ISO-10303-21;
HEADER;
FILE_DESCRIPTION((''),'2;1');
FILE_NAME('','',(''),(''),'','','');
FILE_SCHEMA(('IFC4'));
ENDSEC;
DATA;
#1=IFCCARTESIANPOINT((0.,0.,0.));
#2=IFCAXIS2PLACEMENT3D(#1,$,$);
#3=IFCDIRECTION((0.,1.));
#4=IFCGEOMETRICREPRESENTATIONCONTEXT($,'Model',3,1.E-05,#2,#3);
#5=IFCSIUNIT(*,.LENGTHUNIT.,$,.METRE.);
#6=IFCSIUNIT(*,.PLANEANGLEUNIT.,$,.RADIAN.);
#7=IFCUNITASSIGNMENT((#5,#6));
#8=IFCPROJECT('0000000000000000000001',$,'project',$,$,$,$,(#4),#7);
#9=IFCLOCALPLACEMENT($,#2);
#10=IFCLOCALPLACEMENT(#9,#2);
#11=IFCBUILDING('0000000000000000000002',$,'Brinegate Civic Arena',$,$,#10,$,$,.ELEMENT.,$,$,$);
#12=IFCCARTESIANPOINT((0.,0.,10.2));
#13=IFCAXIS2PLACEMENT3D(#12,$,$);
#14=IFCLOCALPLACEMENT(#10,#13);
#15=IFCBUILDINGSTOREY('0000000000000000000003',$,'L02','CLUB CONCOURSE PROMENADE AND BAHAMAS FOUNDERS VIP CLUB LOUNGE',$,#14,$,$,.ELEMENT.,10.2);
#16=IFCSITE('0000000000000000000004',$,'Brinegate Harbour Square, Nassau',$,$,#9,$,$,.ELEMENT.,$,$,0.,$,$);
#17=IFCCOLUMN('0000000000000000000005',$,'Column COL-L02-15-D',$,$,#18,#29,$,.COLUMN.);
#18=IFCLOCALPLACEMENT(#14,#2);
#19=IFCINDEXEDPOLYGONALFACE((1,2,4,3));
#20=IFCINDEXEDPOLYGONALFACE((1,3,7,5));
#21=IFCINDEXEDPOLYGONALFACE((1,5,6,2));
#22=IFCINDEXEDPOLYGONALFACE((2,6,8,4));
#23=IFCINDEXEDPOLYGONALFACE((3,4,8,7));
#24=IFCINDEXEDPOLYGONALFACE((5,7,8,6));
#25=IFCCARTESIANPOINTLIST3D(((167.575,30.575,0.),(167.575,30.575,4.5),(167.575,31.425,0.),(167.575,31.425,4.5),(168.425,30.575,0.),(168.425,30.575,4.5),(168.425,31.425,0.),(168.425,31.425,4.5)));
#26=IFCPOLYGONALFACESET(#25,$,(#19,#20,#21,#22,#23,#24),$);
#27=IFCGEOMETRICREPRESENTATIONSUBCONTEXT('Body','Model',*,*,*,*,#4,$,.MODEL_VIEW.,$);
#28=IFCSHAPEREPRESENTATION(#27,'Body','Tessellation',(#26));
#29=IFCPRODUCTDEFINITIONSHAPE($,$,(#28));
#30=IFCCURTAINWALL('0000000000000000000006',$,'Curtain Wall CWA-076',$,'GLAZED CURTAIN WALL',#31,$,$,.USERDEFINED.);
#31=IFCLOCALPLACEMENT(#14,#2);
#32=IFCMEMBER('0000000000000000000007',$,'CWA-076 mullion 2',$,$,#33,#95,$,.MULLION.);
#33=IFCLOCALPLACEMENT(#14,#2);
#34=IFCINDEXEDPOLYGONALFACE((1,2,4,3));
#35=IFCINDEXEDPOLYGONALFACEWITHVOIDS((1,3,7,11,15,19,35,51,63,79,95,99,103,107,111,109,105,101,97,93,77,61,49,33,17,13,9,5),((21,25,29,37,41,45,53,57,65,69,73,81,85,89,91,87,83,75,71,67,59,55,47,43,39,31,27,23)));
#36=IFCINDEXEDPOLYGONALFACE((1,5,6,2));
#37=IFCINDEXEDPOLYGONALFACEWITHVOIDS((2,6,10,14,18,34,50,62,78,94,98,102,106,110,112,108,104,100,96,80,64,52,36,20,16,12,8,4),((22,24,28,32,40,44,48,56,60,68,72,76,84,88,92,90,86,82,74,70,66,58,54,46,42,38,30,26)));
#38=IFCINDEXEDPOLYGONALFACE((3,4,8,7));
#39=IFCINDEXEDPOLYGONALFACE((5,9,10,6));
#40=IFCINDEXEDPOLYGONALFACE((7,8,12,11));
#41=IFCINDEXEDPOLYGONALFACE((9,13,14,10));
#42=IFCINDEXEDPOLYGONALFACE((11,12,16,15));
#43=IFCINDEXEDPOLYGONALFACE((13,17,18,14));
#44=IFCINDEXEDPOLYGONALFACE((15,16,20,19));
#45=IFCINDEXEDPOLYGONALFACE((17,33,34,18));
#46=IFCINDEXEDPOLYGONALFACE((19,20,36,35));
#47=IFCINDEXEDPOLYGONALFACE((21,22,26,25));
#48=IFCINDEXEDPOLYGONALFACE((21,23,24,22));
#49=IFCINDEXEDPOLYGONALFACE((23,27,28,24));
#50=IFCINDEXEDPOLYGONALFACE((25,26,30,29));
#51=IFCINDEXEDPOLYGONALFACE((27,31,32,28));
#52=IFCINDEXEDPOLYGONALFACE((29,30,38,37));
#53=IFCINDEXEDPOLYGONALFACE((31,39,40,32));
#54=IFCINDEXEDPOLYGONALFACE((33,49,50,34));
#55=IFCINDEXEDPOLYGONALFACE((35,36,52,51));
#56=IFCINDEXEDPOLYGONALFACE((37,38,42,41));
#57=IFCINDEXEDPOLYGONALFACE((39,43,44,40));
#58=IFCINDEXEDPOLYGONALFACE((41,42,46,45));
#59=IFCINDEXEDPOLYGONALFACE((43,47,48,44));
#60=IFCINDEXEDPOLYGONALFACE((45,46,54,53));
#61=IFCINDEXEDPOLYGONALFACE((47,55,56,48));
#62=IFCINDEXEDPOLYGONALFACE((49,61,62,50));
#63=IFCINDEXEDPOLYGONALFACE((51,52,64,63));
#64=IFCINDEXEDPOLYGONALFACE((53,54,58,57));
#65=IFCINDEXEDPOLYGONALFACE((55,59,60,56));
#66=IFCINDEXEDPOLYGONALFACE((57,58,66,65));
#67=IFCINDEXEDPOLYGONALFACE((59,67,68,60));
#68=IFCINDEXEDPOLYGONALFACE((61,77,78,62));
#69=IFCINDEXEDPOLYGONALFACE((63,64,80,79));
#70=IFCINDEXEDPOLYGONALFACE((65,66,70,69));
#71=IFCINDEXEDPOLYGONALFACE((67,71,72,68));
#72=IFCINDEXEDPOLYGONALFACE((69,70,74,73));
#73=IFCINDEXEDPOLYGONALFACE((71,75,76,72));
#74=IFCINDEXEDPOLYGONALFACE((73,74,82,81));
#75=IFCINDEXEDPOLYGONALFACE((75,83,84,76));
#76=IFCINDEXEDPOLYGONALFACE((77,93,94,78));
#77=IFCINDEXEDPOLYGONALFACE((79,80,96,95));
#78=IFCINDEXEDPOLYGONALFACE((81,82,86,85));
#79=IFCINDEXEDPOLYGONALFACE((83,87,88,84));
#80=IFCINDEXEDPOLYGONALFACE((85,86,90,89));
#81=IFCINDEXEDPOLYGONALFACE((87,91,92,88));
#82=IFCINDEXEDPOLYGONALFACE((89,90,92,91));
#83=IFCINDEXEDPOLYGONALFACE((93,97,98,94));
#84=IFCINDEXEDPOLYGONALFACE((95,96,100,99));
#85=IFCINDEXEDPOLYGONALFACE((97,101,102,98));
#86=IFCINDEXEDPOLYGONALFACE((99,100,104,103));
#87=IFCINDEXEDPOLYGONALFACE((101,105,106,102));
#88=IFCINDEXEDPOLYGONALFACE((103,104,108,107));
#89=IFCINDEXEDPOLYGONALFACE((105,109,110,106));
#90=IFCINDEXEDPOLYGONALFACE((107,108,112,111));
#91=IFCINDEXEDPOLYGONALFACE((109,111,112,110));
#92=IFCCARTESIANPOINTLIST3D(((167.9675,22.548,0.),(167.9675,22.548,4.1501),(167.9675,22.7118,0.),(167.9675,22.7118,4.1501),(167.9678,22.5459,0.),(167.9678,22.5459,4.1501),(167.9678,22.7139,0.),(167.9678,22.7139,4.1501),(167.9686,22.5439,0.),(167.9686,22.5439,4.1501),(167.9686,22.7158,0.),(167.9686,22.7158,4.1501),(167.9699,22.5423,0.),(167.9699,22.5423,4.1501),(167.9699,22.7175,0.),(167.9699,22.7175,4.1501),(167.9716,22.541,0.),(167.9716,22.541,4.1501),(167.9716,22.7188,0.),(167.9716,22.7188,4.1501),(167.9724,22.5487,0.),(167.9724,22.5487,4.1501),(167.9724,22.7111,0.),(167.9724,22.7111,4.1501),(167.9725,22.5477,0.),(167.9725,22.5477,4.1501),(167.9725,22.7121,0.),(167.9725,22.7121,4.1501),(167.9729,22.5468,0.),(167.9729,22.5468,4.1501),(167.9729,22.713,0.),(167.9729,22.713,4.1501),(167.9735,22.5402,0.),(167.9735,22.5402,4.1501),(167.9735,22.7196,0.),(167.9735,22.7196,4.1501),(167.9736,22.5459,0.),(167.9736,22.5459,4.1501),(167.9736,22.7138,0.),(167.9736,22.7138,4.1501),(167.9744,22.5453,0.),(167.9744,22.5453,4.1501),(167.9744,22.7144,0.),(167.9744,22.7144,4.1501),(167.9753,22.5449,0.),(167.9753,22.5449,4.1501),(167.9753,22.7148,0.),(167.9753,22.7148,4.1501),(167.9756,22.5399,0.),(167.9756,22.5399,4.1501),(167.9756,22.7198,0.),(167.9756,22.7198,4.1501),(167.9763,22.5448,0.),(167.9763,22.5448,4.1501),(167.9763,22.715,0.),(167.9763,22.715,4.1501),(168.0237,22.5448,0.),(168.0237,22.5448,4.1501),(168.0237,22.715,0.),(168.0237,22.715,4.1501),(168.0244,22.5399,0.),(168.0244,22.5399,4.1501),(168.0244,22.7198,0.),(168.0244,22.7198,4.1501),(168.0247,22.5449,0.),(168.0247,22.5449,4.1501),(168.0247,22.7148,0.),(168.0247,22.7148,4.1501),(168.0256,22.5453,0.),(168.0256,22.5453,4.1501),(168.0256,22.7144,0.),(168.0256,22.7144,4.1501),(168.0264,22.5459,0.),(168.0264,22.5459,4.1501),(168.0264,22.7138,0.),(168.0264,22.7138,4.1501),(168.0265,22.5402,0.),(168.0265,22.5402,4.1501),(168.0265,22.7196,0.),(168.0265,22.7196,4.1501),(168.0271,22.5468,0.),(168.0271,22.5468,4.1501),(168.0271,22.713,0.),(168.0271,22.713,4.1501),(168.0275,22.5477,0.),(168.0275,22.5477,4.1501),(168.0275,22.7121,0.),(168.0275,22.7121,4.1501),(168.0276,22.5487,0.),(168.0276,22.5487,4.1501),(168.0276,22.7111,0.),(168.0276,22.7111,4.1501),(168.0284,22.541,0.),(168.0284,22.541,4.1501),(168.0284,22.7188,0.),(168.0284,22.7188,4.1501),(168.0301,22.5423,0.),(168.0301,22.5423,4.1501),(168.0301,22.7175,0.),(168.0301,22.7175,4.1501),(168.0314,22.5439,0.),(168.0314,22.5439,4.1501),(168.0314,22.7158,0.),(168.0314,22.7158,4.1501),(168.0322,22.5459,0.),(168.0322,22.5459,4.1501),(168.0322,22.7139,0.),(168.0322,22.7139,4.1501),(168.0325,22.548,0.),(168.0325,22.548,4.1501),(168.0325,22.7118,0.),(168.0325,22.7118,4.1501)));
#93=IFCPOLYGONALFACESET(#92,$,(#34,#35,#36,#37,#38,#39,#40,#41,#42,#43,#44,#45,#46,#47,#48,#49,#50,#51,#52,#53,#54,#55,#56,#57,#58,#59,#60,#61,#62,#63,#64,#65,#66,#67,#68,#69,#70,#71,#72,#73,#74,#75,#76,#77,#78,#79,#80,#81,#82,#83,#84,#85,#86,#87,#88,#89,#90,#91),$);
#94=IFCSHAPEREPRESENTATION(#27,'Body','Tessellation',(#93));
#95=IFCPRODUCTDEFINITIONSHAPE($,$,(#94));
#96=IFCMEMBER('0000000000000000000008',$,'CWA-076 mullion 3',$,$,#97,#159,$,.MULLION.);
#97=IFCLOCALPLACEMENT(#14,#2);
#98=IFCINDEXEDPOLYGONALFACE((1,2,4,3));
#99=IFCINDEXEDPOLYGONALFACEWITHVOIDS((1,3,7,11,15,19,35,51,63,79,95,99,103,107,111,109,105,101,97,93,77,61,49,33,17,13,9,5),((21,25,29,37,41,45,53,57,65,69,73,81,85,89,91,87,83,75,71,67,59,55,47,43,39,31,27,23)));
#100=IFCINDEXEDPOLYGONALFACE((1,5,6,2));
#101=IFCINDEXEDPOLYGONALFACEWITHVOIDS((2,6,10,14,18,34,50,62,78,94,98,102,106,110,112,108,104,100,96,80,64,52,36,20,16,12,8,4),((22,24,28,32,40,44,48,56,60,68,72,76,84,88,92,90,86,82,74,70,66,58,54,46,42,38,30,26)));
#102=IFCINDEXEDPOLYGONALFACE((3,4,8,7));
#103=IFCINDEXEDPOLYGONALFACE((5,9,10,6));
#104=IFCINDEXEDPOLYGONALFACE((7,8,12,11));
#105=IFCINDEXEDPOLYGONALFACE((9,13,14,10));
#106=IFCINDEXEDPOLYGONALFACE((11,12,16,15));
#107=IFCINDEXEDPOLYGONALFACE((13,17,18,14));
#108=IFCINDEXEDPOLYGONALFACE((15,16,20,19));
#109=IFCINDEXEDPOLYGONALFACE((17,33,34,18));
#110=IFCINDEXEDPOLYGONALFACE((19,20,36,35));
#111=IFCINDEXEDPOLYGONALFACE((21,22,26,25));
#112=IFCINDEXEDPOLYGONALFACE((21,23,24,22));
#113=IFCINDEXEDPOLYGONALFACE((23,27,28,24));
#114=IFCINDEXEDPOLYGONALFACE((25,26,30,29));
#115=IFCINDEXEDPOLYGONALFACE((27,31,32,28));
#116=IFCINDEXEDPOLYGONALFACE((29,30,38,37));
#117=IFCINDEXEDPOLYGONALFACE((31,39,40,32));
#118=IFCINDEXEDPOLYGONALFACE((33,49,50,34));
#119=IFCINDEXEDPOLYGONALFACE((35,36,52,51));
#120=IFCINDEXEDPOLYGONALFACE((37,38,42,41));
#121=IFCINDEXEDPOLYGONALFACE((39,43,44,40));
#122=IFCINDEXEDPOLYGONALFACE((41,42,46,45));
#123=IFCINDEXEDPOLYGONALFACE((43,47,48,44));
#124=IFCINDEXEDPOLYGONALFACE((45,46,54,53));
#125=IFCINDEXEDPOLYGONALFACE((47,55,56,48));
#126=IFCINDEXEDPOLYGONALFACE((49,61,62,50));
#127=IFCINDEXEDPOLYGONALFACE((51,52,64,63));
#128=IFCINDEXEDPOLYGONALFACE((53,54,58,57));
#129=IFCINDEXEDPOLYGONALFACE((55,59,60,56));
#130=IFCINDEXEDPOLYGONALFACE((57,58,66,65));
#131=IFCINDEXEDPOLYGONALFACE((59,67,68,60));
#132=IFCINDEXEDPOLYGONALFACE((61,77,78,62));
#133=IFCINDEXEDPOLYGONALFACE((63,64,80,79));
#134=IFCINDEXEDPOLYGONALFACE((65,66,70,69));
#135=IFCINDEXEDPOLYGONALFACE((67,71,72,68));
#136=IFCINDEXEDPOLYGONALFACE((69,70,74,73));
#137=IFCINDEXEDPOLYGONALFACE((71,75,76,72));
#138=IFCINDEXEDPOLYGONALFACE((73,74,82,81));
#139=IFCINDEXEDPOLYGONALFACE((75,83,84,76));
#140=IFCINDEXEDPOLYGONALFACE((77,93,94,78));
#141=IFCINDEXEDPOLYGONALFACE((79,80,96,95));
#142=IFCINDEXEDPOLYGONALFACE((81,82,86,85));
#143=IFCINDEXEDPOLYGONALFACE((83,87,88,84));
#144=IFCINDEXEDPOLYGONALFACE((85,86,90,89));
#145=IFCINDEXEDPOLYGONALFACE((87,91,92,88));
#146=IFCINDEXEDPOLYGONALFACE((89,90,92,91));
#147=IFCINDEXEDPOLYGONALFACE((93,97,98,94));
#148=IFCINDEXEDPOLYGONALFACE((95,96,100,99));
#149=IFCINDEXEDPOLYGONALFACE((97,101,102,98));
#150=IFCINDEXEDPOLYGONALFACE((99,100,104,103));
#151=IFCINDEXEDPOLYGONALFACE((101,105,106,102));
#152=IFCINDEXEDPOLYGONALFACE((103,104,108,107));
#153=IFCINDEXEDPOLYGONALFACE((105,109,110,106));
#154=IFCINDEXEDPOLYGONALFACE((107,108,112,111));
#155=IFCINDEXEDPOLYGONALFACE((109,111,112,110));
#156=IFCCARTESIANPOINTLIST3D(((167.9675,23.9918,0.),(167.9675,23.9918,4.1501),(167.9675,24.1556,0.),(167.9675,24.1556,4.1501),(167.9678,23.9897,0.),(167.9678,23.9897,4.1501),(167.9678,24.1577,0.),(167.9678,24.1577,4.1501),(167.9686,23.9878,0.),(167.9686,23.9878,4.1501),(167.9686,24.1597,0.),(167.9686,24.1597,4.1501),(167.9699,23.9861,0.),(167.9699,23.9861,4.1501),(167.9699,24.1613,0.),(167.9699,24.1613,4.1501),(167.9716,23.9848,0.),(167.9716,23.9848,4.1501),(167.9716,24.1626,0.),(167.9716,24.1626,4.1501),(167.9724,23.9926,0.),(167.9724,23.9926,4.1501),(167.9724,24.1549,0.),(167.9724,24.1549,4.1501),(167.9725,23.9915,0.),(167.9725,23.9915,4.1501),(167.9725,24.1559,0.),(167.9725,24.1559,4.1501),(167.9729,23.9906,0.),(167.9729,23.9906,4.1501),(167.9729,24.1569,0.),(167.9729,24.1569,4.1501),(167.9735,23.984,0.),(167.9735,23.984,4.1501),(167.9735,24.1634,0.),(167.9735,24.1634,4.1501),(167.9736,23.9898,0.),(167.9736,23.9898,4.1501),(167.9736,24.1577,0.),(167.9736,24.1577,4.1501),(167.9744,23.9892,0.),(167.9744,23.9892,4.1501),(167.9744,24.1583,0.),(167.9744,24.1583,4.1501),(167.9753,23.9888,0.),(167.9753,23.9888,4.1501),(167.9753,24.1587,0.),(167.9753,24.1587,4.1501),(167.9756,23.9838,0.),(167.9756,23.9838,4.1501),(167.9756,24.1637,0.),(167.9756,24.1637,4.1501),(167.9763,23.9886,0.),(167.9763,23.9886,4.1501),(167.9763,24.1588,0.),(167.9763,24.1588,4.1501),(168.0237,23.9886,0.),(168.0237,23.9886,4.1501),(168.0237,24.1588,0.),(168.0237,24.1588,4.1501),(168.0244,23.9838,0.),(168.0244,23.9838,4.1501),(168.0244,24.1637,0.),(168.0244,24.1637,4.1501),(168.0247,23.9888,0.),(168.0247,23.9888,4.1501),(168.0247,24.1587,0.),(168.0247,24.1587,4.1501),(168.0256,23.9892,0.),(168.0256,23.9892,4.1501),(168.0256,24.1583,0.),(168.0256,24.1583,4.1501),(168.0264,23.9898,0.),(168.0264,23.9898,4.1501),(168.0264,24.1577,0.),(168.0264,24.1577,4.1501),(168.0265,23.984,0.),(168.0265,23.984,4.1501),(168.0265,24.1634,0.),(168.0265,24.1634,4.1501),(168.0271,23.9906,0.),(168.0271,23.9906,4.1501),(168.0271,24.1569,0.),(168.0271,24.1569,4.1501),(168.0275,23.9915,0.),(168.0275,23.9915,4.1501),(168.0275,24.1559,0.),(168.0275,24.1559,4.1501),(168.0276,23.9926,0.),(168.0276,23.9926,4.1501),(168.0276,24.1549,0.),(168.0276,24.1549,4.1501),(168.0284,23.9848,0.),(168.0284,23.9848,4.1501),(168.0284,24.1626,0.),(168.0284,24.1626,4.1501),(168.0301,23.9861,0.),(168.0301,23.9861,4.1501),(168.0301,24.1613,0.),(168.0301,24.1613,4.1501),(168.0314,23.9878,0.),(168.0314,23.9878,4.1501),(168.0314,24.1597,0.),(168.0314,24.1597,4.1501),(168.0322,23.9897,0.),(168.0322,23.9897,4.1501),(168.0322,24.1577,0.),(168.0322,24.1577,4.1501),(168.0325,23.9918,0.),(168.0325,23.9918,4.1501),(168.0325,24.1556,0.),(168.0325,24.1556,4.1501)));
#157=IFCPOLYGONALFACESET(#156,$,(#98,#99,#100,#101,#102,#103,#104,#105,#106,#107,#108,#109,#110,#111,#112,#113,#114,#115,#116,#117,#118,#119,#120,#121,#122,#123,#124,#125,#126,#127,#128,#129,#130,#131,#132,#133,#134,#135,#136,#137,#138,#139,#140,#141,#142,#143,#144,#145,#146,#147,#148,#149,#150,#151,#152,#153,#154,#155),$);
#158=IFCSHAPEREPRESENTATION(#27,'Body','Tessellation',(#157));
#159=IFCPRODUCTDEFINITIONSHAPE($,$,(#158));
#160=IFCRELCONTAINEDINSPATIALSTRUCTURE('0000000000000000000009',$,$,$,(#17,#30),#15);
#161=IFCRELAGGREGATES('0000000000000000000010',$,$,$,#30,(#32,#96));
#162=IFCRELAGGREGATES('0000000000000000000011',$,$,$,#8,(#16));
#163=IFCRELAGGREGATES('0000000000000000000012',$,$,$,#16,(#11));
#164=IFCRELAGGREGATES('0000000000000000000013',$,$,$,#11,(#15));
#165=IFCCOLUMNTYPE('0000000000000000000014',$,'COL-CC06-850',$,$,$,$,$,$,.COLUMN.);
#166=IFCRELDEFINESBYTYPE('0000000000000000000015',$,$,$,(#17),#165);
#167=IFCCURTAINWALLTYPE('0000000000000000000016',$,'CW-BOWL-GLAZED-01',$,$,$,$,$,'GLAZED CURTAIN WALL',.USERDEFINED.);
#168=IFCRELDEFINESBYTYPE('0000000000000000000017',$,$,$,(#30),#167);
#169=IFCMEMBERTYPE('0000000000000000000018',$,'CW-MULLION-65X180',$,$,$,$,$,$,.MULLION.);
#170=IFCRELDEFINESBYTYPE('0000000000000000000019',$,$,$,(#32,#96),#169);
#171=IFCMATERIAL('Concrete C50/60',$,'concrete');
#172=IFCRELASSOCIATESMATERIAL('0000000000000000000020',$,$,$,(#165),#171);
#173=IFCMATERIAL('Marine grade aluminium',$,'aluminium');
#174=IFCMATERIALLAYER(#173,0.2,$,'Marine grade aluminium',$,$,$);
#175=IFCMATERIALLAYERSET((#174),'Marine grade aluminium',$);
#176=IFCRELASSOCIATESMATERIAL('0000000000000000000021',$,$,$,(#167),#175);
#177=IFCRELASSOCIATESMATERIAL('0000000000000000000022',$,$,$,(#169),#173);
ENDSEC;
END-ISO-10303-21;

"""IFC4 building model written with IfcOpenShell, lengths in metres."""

from ifc_helpers import new_model, si_unit, direction, frame, origin, origin_2d, place, context, subcontext, project, spatial, rectangle, hollow_rectangle, extrude, material, layer, layer_set, material_profile, profile_set, type_object, element, aggregate, save


model = new_model("IFC4")

# Units and contexts
model_context = context("Model", 3, precision=1e-05, world=origin(), true_north=direction((0.0, 1.0)))
body_context = subcontext(model_context, "Body", "Model", "MODEL_VIEW")
ifc_project = project(units=[si_unit("LENGTHUNIT", "METRE"), si_unit("PLANEANGLEUNIT", "RADIAN")], contexts=[model_context])

# Site, building, storey
site_placement = place(None, origin())
site = spatial("IfcSite", under=ifc_project, at=site_placement, Name="Brinegate Harbour Square, Nassau", CompositionType="ELEMENT", RefElevation=0.0)
building_placement = place(site_placement, origin())
building = spatial("IfcBuilding", under=site, at=building_placement, Name="Brinegate Civic Arena", CompositionType="ELEMENT")
storey_placement = place(building_placement, frame((0.0, 0.0, 10.2)))
storey = spatial("IfcBuildingStorey", under=building, at=storey_placement, Name="L02", Description="CLUB CONCOURSE PROMENADE AND BAHAMAS FOUNDERS VIP CLUB LOUNGE", CompositionType="ELEMENT", Elevation=10.2)

# Column
ifc_material_1 = material(Name="Concrete C50/60", Category="concrete")
ifc_material_profile_1 = material_profile(ifc_material_1, rectangle(XDim=0.8501, YDim=0.8501, at=origin_2d()), Name="RC850X850")
ifc_profile_set_1 = profile_set([ifc_material_profile_1], Name="Concrete C50/60")
column_type = type_object("IfcColumnType", Name="COL-CC06-850", PredefinedType="COLUMN", material=ifc_profile_set_1)
column_placement = place(storey_placement, frame((168.0, 31.0, 0.0), z_axis=(0.0, 0.0, 1.0), x_axis=(1.0, 0.0, 0.0)))
element("IfcColumn", 1, at=column_placement, inside=storey, type_object=column_type, Name="Column COL-L02-15-D", PredefinedType="COLUMN", context=body_context, shape_type="SweptSolid", body=[
    extrude(rectangle(XDim=0.8501, YDim=0.8501, at=origin_2d()), origin(), (0.0, 0.0, 1.0), 4.5),
])

# Curtain wall, members
ifc_material_2 = material(Name="Marine grade aluminium", Category="aluminium")
ifc_layer_1 = layer(ifc_material_2, 0.2, Name="Marine grade aluminium")
ifc_layer_set_1 = layer_set([ifc_layer_1], Name="Marine grade aluminium")
curtain_wall_type = type_object("IfcCurtainWallType", Name="CW-BOWL-GLAZED-01", ElementType="GLAZED CURTAIN WALL", PredefinedType="USERDEFINED", material=ifc_layer_set_1)
curtain_wall_placement = place(storey_placement, origin())
curtain_wall = element("IfcCurtainWall", 2, at=curtain_wall_placement, inside=storey, type_object=curtain_wall_type, Name="Curtain Wall CWA-076", ObjectType="GLAZED CURTAIN WALL", PredefinedType="USERDEFINED")
ifc_material_profile_2 = material_profile(ifc_material_2, hollow_rectangle(XDim=0.0649, YDim=0.1799, WallThickness=0.0049, InnerFilletRadius=0.0039, OuterFilletRadius=0.0081, at=origin_2d()), Name="MUL65X180")
ifc_profile_set_2 = profile_set([ifc_material_profile_2], Name="Marine grade aluminium")
member_type_1 = type_object("IfcMemberType", Name="CW-MULLION-65X180", PredefinedType="MULLION", material=ifc_profile_set_2)
member_1_placement = place(storey_placement, frame((168.0, 22.6299, 0.0), z_axis=(0.0, 0.0, 1.0), x_axis=(-1.0, 0.0, 0.0)))
member_1 = element("IfcMember", 3, at=member_1_placement, type_object=member_type_1, Name="CWA-076 mullion 2", PredefinedType="MULLION", context=body_context, shape_type="SweptSolid", body=[
    extrude(hollow_rectangle(XDim=0.0649, YDim=0.1799, WallThickness=0.0049, InnerFilletRadius=0.0039, OuterFilletRadius=0.0081, at=origin_2d()), origin(), (0.0, 0.0, 1.0), 4.1501),
])
member_2_placement = place(storey_placement, frame((168.0, 24.0737, 0.0), z_axis=(0.0, 0.0, 1.0), x_axis=(-1.0, 0.0, 0.0)))
member_2 = element("IfcMember", 4, at=member_2_placement, type_object=member_type_1, Name="CWA-076 mullion 3", PredefinedType="MULLION", context=body_context, shape_type="SweptSolid", body=[
    extrude(hollow_rectangle(XDim=0.0649, YDim=0.1799, WallThickness=0.0049, InnerFilletRadius=0.0039, OuterFilletRadius=0.0081, at=origin_2d()), origin(), (0.0, 0.0, 1.0), 4.1501),
])

aggregate(curtain_wall, [member_1, member_2])

save(model, "model.ifc")
